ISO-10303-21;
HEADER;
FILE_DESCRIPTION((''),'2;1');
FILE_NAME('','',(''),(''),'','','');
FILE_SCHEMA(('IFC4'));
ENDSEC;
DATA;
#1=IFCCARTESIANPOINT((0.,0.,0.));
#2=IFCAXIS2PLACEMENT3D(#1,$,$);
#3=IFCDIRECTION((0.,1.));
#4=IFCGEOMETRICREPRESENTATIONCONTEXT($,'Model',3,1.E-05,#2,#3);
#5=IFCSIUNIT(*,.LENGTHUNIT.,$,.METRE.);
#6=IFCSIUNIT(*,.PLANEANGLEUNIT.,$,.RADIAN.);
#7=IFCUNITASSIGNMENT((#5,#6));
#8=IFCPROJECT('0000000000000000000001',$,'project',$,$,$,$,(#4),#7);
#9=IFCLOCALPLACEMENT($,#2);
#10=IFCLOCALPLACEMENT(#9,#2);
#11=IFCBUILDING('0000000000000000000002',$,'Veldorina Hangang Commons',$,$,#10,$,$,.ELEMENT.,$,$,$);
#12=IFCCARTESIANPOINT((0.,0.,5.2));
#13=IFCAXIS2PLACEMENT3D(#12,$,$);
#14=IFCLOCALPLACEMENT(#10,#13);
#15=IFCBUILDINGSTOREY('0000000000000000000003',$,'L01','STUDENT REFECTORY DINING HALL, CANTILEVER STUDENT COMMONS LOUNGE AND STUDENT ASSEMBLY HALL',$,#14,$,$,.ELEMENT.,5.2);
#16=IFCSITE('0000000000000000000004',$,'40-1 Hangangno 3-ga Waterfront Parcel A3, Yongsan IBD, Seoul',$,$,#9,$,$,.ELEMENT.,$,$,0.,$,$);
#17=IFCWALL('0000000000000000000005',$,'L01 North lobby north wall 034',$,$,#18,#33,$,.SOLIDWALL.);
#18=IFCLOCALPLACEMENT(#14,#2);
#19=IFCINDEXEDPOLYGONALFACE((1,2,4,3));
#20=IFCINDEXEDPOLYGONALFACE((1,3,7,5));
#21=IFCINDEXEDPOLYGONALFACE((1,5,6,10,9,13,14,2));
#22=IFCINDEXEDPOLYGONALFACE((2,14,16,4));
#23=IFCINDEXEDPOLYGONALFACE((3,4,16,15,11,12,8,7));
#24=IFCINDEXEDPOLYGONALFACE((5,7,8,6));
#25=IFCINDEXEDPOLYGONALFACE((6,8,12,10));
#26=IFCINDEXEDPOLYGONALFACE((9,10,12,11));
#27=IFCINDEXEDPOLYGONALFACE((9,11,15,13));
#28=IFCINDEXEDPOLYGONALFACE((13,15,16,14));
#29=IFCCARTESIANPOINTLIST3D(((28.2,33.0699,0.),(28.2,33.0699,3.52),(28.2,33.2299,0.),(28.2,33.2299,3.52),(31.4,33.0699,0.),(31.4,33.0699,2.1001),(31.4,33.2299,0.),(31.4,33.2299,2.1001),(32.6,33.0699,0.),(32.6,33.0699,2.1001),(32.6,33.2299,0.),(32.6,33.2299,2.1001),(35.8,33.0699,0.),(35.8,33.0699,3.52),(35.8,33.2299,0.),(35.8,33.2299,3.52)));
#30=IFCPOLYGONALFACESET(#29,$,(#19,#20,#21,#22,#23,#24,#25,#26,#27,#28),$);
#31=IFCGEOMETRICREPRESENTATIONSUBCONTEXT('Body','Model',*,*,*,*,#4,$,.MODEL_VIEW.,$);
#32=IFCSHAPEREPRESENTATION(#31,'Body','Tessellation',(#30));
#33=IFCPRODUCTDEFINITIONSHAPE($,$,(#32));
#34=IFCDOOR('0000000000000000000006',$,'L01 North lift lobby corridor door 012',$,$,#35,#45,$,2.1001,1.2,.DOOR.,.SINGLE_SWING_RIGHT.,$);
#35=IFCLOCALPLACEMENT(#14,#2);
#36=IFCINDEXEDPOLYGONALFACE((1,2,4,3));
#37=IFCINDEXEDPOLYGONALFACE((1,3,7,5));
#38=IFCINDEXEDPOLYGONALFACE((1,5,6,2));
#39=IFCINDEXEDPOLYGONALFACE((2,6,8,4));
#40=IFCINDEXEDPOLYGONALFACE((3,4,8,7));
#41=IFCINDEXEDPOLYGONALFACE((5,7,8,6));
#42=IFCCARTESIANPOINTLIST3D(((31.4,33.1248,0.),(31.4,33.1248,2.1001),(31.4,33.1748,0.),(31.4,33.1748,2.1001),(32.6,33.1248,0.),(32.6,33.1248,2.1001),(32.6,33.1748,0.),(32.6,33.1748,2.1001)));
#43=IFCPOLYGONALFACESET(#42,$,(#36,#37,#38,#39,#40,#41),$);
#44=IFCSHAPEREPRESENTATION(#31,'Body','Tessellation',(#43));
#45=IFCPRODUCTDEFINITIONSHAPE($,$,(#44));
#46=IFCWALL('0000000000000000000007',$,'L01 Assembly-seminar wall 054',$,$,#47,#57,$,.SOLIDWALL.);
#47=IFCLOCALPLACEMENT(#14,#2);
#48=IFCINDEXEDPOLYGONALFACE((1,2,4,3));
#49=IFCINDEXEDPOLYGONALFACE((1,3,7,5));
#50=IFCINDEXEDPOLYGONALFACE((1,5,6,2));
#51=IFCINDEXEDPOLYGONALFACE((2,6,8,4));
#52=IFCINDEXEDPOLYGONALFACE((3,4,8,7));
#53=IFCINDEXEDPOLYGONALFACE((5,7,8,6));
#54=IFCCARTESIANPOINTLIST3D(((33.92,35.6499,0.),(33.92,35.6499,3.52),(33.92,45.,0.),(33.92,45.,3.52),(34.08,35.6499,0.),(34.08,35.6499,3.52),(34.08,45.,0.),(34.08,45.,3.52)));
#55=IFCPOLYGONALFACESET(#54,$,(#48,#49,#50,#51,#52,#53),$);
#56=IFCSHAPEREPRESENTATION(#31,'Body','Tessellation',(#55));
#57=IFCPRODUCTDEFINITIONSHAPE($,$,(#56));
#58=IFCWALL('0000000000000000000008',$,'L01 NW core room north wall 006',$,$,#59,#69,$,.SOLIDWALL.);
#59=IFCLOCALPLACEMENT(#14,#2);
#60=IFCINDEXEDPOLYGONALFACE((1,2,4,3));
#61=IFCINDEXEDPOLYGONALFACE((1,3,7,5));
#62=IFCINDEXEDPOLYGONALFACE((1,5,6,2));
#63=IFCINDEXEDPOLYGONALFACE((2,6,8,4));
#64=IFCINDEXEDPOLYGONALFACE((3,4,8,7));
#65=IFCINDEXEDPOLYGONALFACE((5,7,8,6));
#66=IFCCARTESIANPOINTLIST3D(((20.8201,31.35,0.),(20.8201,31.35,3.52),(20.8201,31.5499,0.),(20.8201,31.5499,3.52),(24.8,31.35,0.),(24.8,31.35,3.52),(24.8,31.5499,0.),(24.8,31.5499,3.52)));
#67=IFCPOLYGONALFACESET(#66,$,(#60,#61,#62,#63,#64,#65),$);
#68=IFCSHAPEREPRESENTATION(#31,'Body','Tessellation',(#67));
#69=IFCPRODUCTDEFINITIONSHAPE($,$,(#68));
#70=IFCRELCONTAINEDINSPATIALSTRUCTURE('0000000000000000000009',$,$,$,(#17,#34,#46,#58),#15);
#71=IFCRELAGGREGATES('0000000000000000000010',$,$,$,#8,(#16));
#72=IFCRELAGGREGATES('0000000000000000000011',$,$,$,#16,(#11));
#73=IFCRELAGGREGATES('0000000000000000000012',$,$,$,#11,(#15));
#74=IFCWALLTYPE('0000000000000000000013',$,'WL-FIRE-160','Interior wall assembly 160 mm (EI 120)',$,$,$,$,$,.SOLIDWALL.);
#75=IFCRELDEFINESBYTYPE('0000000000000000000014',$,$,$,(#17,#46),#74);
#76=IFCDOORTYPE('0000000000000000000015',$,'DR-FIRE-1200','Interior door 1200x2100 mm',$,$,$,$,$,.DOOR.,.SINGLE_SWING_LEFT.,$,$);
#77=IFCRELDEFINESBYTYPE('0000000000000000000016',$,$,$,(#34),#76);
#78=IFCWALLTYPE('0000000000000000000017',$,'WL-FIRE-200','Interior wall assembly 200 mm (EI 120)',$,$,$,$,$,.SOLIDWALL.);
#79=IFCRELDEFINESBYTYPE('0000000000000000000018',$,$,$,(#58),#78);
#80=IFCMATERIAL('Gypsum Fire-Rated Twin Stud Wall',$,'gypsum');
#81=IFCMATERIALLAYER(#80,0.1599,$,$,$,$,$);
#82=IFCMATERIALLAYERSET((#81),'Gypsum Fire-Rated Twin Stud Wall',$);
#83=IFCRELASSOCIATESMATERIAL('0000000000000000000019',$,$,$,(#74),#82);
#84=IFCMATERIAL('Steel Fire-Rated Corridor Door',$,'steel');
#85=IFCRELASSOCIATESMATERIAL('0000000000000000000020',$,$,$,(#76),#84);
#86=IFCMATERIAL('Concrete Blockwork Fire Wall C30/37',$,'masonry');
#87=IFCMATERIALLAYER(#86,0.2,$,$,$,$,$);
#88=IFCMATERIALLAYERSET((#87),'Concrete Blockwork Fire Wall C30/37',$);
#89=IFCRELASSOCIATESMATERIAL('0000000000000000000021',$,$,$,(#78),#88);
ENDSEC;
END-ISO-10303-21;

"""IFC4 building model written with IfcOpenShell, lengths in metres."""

from ifc_helpers import new_model, si_unit, direction, frame, frame_2d, origin, place, context, subcontext, project, spatial, rectangle, extrude, material, layer, layer_set, type_object, element, fill, save


model = new_model("IFC4")

# Units and contexts
model_context = context("Model", 3, precision=1e-05, world=origin(), true_north=direction((0.0, 1.0)))
body_context = subcontext(model_context, "Body", "Model", "MODEL_VIEW")
ifc_project = project(units=[si_unit("LENGTHUNIT", "METRE"), si_unit("PLANEANGLEUNIT", "RADIAN")], contexts=[model_context])

# Site, building, storey
site_placement = place(None, origin())
site = spatial("IfcSite", under=ifc_project, at=site_placement, Name="40-1 Hangangno 3-ga Waterfront Parcel A3, Yongsan IBD, Seoul", CompositionType="ELEMENT", RefElevation=0.0)
building_placement = place(site_placement, origin())
building = spatial("IfcBuilding", under=site, at=building_placement, Name="Veldorina Hangang Commons", CompositionType="ELEMENT")
storey_placement = place(building_placement, frame((0.0, 0.0, 5.2)))
storey = spatial("IfcBuildingStorey", under=building, at=storey_placement, Name="L01", Description="STUDENT REFECTORY DINING HALL, CANTILEVER STUDENT COMMONS LOUNGE AND STUDENT ASSEMBLY HALL", CompositionType="ELEMENT", Elevation=5.2)

# Shared definitions
ifc_material_1 = material(Name="Gypsum Fire-Rated Twin Stud Wall", Category="gypsum")
ifc_layer_1 = layer(ifc_material_1, 0.1599)
ifc_layer_set_1 = layer_set([ifc_layer_1], Name="Gypsum Fire-Rated Twin Stud Wall")
wall_type_1 = type_object("IfcWallType", Name="WL-FIRE-160", Description="Interior wall assembly 160 mm (EI 120)", PredefinedType="SOLIDWALL", material=ifc_layer_set_1)

# Wall, opening, door
wall_1_placement = place(storey_placement, frame((28.2, 33.1499, 0.0), z_axis=(0.0, 0.0, 1.0), x_axis=(1.0, 0.0, 0.0)))
wall_1 = element("IfcWall", 1, at=wall_1_placement, inside=storey, type_object=wall_type_1, Name="L01 North lobby north wall 034", PredefinedType="SOLIDWALL", context=body_context, shape_type="SweptSolid", body=[
    extrude(rectangle(XDim=7.6001, YDim=0.1599, at=frame_2d((3.8, 0.0))), origin(), (0.0, 0.0, 1.0), 3.52),
])
opening_1_placement = place(wall_1_placement, frame((3.2, 0.0, 0.0)))
opening_1 = element("IfcOpeningElement", 2, at=opening_1_placement, cuts=wall_1, PredefinedType="OPENING", context=body_context, shape_type="SweptSolid", body=[
    extrude(rectangle(XDim=1.2, YDim=2.1001, at=frame_2d((0.6001, 1.05))), frame((0.0, 0.0898, 0.0), z_axis=(0.0, -1.0, 0.0), x_axis=(1.0, 0.0, 0.0)), (0.0, 0.0, 1.0), 0.1799),
])
ifc_material_2 = material(Name="Steel Fire-Rated Corridor Door", Category="steel")
door_type_1 = type_object("IfcDoorType", Name="DR-FIRE-1200", Description="Interior door 1200x2100 mm", OperationType="SINGLE_SWING_LEFT", PredefinedType="DOOR", material=ifc_material_2)
door_1_placement = place(opening_1_placement, origin())
door_1 = element("IfcDoor", 3, at=door_1_placement, inside=storey, type_object=door_type_1, Name="L01 North lift lobby corridor door 012", OperationType="SINGLE_SWING_RIGHT", OverallHeight=2.1001, OverallWidth=1.2, PredefinedType="DOOR", context=body_context, shape_type="SweptSolid", body=[
    extrude(rectangle(XDim=1.2, YDim=2.1001, at=frame_2d((0.6001, 1.05))), frame((0.0, 0.0249, 0.0), z_axis=(0.0, -1.0, 0.0), x_axis=(1.0, 0.0, 0.0)), (0.0, 0.0, 1.0), 0.05),
])
fill(opening_1, door_1)

# Walls
wall_2_placement = place(storey_placement, frame((34.0, 35.6499, 0.0), z_axis=(0.0, 0.0, 1.0), x_axis=(0.0, 1.0, 0.0)))
element("IfcWall", 4, at=wall_2_placement, inside=storey, type_object=wall_type_1, Name="L01 Assembly-seminar wall 054", PredefinedType="SOLIDWALL", context=body_context, shape_type="SweptSolid", body=[
    extrude(rectangle(XDim=9.3501, YDim=0.1599, at=frame_2d((4.675, 0.0))), origin(), (0.0, 0.0, 1.0), 3.52),
])
ifc_material_3 = material(Name="Concrete Blockwork Fire Wall C30/37", Category="masonry")
ifc_layer_2 = layer(ifc_material_3, 0.2)
ifc_layer_set_2 = layer_set([ifc_layer_2], Name="Concrete Blockwork Fire Wall C30/37")
wall_type_2 = type_object("IfcWallType", Name="WL-FIRE-200", Description="Interior wall assembly 200 mm (EI 120)", PredefinedType="SOLIDWALL", material=ifc_layer_set_2)
wall_3_placement = place(storey_placement, frame((20.8201, 31.45, 0.0), z_axis=(0.0, 0.0, 1.0), x_axis=(1.0, 0.0, 0.0)))
element("IfcWall", 5, at=wall_3_placement, inside=storey, type_object=wall_type_2, Name="L01 NW core room north wall 006", PredefinedType="SOLIDWALL", context=body_context, shape_type="SweptSolid", body=[
    extrude(rectangle(XDim=3.98, YDim=0.2, at=frame_2d((1.99, 0.0))), origin(), (0.0, 0.0, 1.0), 3.52),
])

save(model, "model.ifc")
